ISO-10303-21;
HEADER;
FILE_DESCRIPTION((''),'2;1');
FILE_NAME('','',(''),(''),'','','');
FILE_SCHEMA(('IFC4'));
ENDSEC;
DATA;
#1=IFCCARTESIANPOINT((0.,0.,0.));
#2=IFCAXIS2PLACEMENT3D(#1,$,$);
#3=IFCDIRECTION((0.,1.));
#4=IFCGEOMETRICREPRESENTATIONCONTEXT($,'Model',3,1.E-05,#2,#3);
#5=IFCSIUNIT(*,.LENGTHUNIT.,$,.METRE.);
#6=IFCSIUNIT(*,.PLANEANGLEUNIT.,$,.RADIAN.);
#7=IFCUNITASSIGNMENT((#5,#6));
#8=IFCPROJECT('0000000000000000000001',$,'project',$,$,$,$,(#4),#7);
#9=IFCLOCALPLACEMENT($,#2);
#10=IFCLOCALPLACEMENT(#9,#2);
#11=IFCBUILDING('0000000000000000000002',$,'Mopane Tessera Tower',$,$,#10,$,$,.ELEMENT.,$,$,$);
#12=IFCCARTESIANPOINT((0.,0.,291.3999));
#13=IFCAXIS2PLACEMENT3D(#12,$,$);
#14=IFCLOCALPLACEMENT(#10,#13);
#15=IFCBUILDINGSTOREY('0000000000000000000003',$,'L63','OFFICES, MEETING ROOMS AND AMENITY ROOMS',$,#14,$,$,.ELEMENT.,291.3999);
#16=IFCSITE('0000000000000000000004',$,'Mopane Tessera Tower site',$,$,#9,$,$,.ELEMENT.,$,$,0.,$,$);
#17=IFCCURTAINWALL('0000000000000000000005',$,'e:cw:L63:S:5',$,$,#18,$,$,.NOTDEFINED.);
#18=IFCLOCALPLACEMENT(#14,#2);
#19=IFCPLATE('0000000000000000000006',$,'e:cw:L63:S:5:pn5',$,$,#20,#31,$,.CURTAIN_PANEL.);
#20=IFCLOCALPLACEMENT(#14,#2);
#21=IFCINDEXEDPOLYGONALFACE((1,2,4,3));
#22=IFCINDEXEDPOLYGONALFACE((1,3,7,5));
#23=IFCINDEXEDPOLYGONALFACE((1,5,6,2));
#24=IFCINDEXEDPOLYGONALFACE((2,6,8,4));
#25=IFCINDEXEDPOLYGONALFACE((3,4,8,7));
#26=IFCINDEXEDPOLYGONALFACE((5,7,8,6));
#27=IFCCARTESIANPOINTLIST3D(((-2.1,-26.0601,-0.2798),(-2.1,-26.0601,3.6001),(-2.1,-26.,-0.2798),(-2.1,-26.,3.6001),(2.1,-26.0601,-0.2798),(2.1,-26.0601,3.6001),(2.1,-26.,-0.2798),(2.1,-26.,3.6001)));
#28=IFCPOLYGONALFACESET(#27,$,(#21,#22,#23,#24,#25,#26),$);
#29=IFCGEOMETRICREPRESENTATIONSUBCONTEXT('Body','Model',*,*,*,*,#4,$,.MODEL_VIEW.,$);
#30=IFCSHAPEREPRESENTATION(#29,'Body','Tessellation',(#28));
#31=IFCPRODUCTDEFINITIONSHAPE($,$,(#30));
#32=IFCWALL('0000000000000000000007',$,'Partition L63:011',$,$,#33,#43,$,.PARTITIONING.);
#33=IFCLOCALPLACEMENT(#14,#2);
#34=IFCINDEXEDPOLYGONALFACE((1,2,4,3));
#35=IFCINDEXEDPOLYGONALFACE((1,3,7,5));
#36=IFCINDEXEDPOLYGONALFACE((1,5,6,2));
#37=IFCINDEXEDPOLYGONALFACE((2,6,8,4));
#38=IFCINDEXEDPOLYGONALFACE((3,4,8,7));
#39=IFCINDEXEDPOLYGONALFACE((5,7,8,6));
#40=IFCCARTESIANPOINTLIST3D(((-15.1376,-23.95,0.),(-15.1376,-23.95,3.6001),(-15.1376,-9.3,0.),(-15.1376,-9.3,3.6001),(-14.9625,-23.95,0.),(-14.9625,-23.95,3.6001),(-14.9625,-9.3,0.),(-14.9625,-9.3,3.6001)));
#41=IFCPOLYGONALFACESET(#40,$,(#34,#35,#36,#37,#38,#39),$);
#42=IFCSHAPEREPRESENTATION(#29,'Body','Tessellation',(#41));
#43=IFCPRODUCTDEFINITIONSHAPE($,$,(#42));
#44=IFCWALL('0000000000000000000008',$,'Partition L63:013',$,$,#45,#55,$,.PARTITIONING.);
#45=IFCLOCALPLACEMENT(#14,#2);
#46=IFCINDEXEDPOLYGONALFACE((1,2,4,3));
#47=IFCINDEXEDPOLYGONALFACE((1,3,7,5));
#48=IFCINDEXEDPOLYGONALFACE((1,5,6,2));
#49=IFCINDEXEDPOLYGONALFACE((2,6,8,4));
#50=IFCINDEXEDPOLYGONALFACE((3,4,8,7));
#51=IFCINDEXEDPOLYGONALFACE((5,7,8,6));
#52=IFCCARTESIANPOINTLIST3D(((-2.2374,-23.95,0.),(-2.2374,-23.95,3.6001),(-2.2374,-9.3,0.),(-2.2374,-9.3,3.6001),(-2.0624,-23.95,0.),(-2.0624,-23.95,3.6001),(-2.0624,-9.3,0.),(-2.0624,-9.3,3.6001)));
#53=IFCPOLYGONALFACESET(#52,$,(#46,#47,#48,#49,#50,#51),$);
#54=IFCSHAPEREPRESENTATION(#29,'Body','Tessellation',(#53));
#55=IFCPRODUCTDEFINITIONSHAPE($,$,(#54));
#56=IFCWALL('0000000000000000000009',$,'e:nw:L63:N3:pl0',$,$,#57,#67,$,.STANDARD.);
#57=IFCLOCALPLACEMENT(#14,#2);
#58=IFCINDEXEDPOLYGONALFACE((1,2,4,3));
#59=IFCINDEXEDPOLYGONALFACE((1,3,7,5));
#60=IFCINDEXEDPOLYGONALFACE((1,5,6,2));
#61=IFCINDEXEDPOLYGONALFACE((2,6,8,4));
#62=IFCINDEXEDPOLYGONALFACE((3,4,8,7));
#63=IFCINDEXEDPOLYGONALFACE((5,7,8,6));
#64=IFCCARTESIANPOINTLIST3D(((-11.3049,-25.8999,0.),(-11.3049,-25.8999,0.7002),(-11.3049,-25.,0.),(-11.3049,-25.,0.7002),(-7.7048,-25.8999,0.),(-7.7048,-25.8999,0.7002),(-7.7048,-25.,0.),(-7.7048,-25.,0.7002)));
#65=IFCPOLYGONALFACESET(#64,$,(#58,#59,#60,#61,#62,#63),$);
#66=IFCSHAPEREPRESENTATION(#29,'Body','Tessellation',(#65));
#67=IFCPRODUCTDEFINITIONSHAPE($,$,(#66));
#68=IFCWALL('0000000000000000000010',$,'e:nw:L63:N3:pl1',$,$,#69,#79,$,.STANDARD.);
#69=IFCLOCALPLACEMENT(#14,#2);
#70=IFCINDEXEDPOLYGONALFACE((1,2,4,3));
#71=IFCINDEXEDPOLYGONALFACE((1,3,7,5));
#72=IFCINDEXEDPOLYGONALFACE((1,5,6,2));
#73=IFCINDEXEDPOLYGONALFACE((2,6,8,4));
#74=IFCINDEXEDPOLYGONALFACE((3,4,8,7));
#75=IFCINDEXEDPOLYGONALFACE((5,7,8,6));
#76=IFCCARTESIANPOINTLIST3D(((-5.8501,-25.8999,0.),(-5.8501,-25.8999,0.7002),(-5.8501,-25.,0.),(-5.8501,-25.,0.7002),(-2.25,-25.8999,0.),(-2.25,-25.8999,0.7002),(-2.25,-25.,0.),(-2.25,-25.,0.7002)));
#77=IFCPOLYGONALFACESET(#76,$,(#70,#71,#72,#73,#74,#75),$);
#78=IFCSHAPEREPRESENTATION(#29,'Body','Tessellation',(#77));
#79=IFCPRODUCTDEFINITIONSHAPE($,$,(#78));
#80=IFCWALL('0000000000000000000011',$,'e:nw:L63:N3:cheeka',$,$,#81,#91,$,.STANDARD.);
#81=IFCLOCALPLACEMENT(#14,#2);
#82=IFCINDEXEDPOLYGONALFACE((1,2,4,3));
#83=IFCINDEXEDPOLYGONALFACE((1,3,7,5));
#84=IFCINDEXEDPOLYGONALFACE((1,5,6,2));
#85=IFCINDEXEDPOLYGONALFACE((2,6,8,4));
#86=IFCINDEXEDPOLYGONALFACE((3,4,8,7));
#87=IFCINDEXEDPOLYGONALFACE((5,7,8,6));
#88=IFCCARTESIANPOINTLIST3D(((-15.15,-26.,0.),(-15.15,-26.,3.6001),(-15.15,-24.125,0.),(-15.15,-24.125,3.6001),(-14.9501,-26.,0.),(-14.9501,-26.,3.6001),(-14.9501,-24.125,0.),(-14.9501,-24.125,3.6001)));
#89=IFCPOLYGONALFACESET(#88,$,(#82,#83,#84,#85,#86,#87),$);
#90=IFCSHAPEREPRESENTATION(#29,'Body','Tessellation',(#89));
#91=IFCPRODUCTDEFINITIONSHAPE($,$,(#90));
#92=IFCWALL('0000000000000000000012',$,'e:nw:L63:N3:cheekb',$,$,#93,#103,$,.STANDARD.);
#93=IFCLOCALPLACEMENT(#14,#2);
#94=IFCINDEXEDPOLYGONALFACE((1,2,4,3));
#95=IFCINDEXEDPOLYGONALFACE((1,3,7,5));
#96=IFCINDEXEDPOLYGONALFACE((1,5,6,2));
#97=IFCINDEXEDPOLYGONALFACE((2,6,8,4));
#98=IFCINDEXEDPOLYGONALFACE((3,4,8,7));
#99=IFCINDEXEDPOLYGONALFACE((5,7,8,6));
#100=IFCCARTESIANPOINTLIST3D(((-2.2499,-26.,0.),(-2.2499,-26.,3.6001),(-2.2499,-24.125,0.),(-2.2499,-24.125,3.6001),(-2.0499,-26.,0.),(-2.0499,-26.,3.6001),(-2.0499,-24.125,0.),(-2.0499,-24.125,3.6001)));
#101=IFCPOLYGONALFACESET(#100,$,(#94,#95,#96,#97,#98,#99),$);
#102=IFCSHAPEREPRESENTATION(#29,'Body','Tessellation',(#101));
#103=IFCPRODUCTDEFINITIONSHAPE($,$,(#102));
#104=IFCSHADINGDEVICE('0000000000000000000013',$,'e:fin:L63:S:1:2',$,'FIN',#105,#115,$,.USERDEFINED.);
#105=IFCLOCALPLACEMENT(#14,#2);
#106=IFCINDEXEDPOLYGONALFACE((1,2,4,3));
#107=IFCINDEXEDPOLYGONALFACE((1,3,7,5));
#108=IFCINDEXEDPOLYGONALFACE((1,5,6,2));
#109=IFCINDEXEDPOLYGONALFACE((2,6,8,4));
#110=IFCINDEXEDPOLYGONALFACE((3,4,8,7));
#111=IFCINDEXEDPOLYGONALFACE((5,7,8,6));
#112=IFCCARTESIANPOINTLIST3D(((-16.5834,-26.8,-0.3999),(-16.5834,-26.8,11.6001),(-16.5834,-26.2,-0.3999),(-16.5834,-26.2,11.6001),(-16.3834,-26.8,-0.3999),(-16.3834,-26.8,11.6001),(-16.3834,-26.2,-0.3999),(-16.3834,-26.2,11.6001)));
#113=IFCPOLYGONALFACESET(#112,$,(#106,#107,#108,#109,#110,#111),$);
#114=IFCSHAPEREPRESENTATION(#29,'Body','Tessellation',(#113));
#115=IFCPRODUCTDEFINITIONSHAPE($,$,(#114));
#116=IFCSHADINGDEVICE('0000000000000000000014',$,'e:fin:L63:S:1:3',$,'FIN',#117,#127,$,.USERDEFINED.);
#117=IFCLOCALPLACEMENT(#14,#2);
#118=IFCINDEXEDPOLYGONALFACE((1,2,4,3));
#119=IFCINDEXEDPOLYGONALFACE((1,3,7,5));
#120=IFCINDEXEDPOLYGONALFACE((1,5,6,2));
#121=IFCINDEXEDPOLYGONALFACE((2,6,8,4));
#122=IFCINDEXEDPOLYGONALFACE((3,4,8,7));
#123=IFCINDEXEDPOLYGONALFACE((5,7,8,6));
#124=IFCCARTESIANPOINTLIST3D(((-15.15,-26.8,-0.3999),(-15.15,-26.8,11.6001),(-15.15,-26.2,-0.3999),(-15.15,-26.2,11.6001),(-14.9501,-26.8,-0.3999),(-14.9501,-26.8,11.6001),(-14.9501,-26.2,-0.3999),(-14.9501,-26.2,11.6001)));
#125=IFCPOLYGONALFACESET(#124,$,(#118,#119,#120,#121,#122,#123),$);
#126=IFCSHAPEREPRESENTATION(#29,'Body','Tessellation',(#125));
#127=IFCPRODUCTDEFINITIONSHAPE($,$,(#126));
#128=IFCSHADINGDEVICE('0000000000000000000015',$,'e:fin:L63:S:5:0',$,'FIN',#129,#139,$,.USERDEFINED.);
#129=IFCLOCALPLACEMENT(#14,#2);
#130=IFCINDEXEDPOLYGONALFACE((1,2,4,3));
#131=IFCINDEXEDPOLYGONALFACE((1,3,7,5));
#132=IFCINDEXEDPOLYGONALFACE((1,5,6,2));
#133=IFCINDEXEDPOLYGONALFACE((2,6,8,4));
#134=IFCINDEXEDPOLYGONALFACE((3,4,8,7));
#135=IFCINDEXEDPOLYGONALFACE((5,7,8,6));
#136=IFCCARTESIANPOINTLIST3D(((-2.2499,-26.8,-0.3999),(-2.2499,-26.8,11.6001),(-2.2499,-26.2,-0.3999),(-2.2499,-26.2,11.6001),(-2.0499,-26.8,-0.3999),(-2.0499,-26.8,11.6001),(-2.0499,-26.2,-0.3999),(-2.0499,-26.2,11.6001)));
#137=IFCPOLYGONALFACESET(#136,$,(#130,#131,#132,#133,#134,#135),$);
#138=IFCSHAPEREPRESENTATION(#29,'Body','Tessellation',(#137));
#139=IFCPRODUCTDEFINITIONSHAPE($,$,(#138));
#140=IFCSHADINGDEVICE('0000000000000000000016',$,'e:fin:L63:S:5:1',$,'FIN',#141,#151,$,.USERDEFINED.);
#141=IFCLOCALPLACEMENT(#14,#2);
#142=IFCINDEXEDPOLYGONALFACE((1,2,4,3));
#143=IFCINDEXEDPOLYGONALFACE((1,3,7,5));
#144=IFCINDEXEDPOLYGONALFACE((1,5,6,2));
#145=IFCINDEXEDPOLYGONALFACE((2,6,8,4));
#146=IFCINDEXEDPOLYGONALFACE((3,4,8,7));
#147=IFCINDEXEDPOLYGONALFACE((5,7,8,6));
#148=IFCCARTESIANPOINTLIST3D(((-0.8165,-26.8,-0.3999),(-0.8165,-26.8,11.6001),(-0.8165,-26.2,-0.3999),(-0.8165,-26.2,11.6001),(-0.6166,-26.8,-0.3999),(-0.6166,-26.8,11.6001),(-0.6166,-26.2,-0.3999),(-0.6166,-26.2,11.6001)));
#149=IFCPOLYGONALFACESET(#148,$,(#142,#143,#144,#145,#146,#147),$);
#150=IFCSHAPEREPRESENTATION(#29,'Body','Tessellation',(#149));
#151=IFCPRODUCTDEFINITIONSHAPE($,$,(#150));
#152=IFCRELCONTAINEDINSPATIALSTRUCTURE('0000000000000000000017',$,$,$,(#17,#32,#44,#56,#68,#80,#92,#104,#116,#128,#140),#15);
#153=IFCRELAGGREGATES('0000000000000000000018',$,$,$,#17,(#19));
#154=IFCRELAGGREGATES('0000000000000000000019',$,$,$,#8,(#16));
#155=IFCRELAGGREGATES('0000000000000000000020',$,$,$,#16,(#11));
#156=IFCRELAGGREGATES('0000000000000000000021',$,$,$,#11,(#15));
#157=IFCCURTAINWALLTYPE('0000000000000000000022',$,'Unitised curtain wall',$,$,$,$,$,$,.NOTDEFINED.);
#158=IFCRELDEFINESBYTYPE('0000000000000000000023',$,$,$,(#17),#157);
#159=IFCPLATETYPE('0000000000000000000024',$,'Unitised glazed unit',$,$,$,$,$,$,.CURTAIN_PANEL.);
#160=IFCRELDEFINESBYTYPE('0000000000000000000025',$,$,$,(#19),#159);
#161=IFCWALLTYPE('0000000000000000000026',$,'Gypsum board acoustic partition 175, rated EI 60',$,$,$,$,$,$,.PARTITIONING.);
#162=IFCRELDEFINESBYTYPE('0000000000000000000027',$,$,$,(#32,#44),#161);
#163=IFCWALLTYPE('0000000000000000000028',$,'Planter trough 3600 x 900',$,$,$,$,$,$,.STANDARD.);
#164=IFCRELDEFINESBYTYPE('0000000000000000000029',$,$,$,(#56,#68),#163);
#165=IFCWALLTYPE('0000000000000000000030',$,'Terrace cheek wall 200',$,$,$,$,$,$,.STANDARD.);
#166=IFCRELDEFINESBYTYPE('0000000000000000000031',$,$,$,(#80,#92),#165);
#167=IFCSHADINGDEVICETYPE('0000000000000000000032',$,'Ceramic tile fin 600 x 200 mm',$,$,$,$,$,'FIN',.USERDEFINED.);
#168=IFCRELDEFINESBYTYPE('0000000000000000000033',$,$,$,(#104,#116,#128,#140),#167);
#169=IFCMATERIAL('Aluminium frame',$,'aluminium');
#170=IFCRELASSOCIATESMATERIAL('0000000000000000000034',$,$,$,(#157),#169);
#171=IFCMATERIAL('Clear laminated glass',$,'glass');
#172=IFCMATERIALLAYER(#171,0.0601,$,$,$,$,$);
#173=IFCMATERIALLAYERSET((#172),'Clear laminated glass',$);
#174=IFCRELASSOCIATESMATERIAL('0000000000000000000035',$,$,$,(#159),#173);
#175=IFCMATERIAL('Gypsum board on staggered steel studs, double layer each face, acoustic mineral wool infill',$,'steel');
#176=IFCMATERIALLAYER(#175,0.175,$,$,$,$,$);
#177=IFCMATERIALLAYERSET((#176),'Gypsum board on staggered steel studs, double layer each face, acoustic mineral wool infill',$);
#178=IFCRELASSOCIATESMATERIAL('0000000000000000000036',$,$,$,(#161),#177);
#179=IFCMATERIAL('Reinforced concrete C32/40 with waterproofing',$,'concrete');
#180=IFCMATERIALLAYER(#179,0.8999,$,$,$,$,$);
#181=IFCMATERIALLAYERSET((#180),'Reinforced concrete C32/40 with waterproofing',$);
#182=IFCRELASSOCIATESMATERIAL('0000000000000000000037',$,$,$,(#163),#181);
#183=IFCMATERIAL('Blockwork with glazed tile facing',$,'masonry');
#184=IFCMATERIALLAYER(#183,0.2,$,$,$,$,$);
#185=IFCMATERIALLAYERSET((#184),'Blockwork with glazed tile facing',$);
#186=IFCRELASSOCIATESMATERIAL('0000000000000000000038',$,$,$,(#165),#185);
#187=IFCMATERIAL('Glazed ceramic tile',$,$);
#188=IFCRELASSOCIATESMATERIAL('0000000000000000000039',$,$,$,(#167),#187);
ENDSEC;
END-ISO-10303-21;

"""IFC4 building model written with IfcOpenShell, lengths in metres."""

from ifc_helpers import new_model, si_unit, direction, frame, frame_2d, origin, origin_2d, place, context, subcontext, project, spatial, rectangle, extrude, material, layer, layer_set, type_object, element, aggregate, save


model = new_model("IFC4")

# Units and contexts
model_context = context("Model", 3, precision=1e-05, world=origin(), true_north=direction((0.0, 1.0)))
body_context = subcontext(model_context, "Body", "Model", "MODEL_VIEW")
ifc_project = project(units=[si_unit("LENGTHUNIT", "METRE"), si_unit("PLANEANGLEUNIT", "RADIAN")], contexts=[model_context])

# Site, building, storey
site_placement = place(None, origin())
site = spatial("IfcSite", under=ifc_project, at=site_placement, Name="Mopane Tessera Tower site", CompositionType="ELEMENT", RefElevation=0.0)
building_placement = place(site_placement, origin())
building = spatial("IfcBuilding", under=site, at=building_placement, Name="Mopane Tessera Tower", CompositionType="ELEMENT")
storey_placement = place(building_placement, frame((0.0, 0.0, 291.3999)))
storey = spatial("IfcBuildingStorey", under=building, at=storey_placement, Name="L63", Description="OFFICES, MEETING ROOMS AND AMENITY ROOMS", CompositionType="ELEMENT", Elevation=291.3999)

# Shared definitions
ifc_material_1 = material(Name="Aluminium frame", Category="aluminium")
curtain_wall_type = type_object("IfcCurtainWallType", Name="Unitised curtain wall", PredefinedType="NOTDEFINED", material=ifc_material_1)

# Curtain wall
curtain_wall_1_placement = place(storey_placement, origin())
curtain_wall_1 = element("IfcCurtainWall", 1, at=curtain_wall_1_placement, inside=storey, type_object=curtain_wall_type, Name="e:cw:L63:S:5", PredefinedType="NOTDEFINED")

# Plate
ifc_material_2 = material(Name="Clear laminated glass", Category="glass")
ifc_layer_1 = layer(ifc_material_2, 0.0601)
ifc_layer_set_1 = layer_set([ifc_layer_1], Name="Clear laminated glass")
plate_type = type_object("IfcPlateType", Name="Unitised glazed unit", PredefinedType="CURTAIN_PANEL", material=ifc_layer_set_1)
plate_placement = place(storey_placement, frame((0.0, -26.03, -0.2798), z_axis=(0.0, 0.0, 1.0), x_axis=(1.0, 0.0, 0.0)))
plate = element("IfcPlate", 2, at=plate_placement, type_object=plate_type, Name="e:cw:L63:S:5:pn5", PredefinedType="CURTAIN_PANEL", context=body_context, shape_type="SweptSolid", body=[
    extrude(rectangle(XDim=4.2, YDim=0.0601, at=origin_2d()), origin(), (0.0, 0.0, 1.0), 3.8799),
])
aggregate(curtain_wall_1, [plate])

# Walls
ifc_material_3 = material(Name="Gypsum board on staggered steel studs, double layer each face, acoustic mineral wool infill", Category="steel")
ifc_layer_2 = layer(ifc_material_3, 0.175)
ifc_layer_set_2 = layer_set([ifc_layer_2], Name="Gypsum board on staggered steel studs, double layer each face, acoustic mineral wool infill")
wall_type_1 = type_object("IfcWallType", Name="Gypsum board acoustic partition 175, rated EI 60", PredefinedType="PARTITIONING", material=ifc_layer_set_2)
for number, where, z_axis, x_axis, name in (
    (3, (-15.05, -23.95, 0.0), (0.0, 0.0, 1.0), (0.0, 1.0, 0.0), "Partition L63:011"),
    (4, (-2.1499, -23.95, 0.0), (0.0, 0.0, 1.0), (0.0, 1.0, 0.0), "Partition L63:013"),
):
    element("IfcWall", number, at=place(storey_placement, frame(where, z_axis=z_axis, x_axis=x_axis)), inside=storey, type_object=wall_type_1, Name=name, PredefinedType="PARTITIONING", context=body_context, shape_type="SweptSolid", body=[
        extrude(rectangle(XDim=14.6499, YDim=0.175, at=frame_2d((7.325, 0.0))), origin(), (0.0, 0.0, 1.0), 3.6001),
    ])
ifc_material_4 = material(Name="Reinforced concrete C32/40 with waterproofing", Category="concrete")
ifc_layer_3 = layer(ifc_material_4, 0.8999)
ifc_layer_set_3 = layer_set([ifc_layer_3], Name="Reinforced concrete C32/40 with waterproofing")
wall_type_2 = type_object("IfcWallType", Name="Planter trough 3600 x 900", PredefinedType="STANDARD", material=ifc_layer_set_3)
for number, where, z_axis, x_axis, name in (
    (5, (-11.3049, -25.45, 0.0), (0.0, 0.0, 1.0), (1.0, 0.0, 0.0), "e:nw:L63:N3:pl0"),
    (6, (-5.8501, -25.45, 0.0), (0.0, 0.0, 1.0), (1.0, 0.0, 0.0), "e:nw:L63:N3:pl1"),
):
    element("IfcWall", number, at=place(storey_placement, frame(where, z_axis=z_axis, x_axis=x_axis)), inside=storey, type_object=wall_type_2, Name=name, PredefinedType="STANDARD", context=body_context, shape_type="SweptSolid", body=[
        extrude(rectangle(XDim=3.6001, YDim=0.8999, at=frame_2d((1.8, 0.0))), origin(), (0.0, 0.0, 1.0), 0.7002),
    ])
ifc_material_5 = material(Name="Blockwork with glazed tile facing", Category="masonry")
ifc_layer_4 = layer(ifc_material_5, 0.2)
ifc_layer_set_4 = layer_set([ifc_layer_4], Name="Blockwork with glazed tile facing")
wall_type_3 = type_object("IfcWallType", Name="Terrace cheek wall 200", PredefinedType="STANDARD", material=ifc_layer_set_4)
for number, where, z_axis, x_axis, name in (
    (7, (-15.05, -26.0, 0.0), (0.0, 0.0, 1.0), (0.0, 1.0, 0.0), "e:nw:L63:N3:cheeka"),
    (8, (-2.1499, -26.0, 0.0), (0.0, 0.0, 1.0), (0.0, 1.0, 0.0), "e:nw:L63:N3:cheekb"),
):
    element("IfcWall", number, at=place(storey_placement, frame(where, z_axis=z_axis, x_axis=x_axis)), inside=storey, type_object=wall_type_3, Name=name, PredefinedType="STANDARD", context=body_context, shape_type="SweptSolid", body=[
        extrude(rectangle(XDim=1.875, YDim=0.2, at=frame_2d((0.9375, 0.0))), origin(), (0.0, 0.0, 1.0), 3.6001),
    ])

# Shading devices
ifc_material_6 = material(Name="Glazed ceramic tile")
shading_device_type = type_object("IfcShadingDeviceType", Name="Ceramic tile fin 600 x 200 mm", ElementType="FIN", PredefinedType="USERDEFINED", material=ifc_material_6)
for number, where, z_axis, x_axis, name in (
    (9, (-16.4834, -26.5, -0.3999), (0.0, 0.0, 1.0), (1.0, 0.0, 0.0), "e:fin:L63:S:1:2"),
    (10, (-15.05, -26.5, -0.3999), (0.0, 0.0, 1.0), (1.0, 0.0, 0.0), "e:fin:L63:S:1:3"),
    (11, (-2.1499, -26.5, -0.3999), (0.0, 0.0, 1.0), (1.0, 0.0, 0.0), "e:fin:L63:S:5:0"),
    (12, (-0.7166, -26.5, -0.3999), (0.0, 0.0, 1.0), (1.0, 0.0, 0.0), "e:fin:L63:S:5:1"),
):
    element("IfcShadingDevice", number, at=place(storey_placement, frame(where, z_axis=z_axis, x_axis=x_axis)), inside=storey, type_object=shading_device_type, Name=name, ObjectType="FIN", PredefinedType="USERDEFINED", context=body_context, shape_type="SweptSolid", body=[
        extrude(rectangle(XDim=0.2, YDim=0.6001, at=origin_2d()), origin(), (0.0, 0.0, 1.0), 12.0),
    ])

save(model, "model.ifc")
